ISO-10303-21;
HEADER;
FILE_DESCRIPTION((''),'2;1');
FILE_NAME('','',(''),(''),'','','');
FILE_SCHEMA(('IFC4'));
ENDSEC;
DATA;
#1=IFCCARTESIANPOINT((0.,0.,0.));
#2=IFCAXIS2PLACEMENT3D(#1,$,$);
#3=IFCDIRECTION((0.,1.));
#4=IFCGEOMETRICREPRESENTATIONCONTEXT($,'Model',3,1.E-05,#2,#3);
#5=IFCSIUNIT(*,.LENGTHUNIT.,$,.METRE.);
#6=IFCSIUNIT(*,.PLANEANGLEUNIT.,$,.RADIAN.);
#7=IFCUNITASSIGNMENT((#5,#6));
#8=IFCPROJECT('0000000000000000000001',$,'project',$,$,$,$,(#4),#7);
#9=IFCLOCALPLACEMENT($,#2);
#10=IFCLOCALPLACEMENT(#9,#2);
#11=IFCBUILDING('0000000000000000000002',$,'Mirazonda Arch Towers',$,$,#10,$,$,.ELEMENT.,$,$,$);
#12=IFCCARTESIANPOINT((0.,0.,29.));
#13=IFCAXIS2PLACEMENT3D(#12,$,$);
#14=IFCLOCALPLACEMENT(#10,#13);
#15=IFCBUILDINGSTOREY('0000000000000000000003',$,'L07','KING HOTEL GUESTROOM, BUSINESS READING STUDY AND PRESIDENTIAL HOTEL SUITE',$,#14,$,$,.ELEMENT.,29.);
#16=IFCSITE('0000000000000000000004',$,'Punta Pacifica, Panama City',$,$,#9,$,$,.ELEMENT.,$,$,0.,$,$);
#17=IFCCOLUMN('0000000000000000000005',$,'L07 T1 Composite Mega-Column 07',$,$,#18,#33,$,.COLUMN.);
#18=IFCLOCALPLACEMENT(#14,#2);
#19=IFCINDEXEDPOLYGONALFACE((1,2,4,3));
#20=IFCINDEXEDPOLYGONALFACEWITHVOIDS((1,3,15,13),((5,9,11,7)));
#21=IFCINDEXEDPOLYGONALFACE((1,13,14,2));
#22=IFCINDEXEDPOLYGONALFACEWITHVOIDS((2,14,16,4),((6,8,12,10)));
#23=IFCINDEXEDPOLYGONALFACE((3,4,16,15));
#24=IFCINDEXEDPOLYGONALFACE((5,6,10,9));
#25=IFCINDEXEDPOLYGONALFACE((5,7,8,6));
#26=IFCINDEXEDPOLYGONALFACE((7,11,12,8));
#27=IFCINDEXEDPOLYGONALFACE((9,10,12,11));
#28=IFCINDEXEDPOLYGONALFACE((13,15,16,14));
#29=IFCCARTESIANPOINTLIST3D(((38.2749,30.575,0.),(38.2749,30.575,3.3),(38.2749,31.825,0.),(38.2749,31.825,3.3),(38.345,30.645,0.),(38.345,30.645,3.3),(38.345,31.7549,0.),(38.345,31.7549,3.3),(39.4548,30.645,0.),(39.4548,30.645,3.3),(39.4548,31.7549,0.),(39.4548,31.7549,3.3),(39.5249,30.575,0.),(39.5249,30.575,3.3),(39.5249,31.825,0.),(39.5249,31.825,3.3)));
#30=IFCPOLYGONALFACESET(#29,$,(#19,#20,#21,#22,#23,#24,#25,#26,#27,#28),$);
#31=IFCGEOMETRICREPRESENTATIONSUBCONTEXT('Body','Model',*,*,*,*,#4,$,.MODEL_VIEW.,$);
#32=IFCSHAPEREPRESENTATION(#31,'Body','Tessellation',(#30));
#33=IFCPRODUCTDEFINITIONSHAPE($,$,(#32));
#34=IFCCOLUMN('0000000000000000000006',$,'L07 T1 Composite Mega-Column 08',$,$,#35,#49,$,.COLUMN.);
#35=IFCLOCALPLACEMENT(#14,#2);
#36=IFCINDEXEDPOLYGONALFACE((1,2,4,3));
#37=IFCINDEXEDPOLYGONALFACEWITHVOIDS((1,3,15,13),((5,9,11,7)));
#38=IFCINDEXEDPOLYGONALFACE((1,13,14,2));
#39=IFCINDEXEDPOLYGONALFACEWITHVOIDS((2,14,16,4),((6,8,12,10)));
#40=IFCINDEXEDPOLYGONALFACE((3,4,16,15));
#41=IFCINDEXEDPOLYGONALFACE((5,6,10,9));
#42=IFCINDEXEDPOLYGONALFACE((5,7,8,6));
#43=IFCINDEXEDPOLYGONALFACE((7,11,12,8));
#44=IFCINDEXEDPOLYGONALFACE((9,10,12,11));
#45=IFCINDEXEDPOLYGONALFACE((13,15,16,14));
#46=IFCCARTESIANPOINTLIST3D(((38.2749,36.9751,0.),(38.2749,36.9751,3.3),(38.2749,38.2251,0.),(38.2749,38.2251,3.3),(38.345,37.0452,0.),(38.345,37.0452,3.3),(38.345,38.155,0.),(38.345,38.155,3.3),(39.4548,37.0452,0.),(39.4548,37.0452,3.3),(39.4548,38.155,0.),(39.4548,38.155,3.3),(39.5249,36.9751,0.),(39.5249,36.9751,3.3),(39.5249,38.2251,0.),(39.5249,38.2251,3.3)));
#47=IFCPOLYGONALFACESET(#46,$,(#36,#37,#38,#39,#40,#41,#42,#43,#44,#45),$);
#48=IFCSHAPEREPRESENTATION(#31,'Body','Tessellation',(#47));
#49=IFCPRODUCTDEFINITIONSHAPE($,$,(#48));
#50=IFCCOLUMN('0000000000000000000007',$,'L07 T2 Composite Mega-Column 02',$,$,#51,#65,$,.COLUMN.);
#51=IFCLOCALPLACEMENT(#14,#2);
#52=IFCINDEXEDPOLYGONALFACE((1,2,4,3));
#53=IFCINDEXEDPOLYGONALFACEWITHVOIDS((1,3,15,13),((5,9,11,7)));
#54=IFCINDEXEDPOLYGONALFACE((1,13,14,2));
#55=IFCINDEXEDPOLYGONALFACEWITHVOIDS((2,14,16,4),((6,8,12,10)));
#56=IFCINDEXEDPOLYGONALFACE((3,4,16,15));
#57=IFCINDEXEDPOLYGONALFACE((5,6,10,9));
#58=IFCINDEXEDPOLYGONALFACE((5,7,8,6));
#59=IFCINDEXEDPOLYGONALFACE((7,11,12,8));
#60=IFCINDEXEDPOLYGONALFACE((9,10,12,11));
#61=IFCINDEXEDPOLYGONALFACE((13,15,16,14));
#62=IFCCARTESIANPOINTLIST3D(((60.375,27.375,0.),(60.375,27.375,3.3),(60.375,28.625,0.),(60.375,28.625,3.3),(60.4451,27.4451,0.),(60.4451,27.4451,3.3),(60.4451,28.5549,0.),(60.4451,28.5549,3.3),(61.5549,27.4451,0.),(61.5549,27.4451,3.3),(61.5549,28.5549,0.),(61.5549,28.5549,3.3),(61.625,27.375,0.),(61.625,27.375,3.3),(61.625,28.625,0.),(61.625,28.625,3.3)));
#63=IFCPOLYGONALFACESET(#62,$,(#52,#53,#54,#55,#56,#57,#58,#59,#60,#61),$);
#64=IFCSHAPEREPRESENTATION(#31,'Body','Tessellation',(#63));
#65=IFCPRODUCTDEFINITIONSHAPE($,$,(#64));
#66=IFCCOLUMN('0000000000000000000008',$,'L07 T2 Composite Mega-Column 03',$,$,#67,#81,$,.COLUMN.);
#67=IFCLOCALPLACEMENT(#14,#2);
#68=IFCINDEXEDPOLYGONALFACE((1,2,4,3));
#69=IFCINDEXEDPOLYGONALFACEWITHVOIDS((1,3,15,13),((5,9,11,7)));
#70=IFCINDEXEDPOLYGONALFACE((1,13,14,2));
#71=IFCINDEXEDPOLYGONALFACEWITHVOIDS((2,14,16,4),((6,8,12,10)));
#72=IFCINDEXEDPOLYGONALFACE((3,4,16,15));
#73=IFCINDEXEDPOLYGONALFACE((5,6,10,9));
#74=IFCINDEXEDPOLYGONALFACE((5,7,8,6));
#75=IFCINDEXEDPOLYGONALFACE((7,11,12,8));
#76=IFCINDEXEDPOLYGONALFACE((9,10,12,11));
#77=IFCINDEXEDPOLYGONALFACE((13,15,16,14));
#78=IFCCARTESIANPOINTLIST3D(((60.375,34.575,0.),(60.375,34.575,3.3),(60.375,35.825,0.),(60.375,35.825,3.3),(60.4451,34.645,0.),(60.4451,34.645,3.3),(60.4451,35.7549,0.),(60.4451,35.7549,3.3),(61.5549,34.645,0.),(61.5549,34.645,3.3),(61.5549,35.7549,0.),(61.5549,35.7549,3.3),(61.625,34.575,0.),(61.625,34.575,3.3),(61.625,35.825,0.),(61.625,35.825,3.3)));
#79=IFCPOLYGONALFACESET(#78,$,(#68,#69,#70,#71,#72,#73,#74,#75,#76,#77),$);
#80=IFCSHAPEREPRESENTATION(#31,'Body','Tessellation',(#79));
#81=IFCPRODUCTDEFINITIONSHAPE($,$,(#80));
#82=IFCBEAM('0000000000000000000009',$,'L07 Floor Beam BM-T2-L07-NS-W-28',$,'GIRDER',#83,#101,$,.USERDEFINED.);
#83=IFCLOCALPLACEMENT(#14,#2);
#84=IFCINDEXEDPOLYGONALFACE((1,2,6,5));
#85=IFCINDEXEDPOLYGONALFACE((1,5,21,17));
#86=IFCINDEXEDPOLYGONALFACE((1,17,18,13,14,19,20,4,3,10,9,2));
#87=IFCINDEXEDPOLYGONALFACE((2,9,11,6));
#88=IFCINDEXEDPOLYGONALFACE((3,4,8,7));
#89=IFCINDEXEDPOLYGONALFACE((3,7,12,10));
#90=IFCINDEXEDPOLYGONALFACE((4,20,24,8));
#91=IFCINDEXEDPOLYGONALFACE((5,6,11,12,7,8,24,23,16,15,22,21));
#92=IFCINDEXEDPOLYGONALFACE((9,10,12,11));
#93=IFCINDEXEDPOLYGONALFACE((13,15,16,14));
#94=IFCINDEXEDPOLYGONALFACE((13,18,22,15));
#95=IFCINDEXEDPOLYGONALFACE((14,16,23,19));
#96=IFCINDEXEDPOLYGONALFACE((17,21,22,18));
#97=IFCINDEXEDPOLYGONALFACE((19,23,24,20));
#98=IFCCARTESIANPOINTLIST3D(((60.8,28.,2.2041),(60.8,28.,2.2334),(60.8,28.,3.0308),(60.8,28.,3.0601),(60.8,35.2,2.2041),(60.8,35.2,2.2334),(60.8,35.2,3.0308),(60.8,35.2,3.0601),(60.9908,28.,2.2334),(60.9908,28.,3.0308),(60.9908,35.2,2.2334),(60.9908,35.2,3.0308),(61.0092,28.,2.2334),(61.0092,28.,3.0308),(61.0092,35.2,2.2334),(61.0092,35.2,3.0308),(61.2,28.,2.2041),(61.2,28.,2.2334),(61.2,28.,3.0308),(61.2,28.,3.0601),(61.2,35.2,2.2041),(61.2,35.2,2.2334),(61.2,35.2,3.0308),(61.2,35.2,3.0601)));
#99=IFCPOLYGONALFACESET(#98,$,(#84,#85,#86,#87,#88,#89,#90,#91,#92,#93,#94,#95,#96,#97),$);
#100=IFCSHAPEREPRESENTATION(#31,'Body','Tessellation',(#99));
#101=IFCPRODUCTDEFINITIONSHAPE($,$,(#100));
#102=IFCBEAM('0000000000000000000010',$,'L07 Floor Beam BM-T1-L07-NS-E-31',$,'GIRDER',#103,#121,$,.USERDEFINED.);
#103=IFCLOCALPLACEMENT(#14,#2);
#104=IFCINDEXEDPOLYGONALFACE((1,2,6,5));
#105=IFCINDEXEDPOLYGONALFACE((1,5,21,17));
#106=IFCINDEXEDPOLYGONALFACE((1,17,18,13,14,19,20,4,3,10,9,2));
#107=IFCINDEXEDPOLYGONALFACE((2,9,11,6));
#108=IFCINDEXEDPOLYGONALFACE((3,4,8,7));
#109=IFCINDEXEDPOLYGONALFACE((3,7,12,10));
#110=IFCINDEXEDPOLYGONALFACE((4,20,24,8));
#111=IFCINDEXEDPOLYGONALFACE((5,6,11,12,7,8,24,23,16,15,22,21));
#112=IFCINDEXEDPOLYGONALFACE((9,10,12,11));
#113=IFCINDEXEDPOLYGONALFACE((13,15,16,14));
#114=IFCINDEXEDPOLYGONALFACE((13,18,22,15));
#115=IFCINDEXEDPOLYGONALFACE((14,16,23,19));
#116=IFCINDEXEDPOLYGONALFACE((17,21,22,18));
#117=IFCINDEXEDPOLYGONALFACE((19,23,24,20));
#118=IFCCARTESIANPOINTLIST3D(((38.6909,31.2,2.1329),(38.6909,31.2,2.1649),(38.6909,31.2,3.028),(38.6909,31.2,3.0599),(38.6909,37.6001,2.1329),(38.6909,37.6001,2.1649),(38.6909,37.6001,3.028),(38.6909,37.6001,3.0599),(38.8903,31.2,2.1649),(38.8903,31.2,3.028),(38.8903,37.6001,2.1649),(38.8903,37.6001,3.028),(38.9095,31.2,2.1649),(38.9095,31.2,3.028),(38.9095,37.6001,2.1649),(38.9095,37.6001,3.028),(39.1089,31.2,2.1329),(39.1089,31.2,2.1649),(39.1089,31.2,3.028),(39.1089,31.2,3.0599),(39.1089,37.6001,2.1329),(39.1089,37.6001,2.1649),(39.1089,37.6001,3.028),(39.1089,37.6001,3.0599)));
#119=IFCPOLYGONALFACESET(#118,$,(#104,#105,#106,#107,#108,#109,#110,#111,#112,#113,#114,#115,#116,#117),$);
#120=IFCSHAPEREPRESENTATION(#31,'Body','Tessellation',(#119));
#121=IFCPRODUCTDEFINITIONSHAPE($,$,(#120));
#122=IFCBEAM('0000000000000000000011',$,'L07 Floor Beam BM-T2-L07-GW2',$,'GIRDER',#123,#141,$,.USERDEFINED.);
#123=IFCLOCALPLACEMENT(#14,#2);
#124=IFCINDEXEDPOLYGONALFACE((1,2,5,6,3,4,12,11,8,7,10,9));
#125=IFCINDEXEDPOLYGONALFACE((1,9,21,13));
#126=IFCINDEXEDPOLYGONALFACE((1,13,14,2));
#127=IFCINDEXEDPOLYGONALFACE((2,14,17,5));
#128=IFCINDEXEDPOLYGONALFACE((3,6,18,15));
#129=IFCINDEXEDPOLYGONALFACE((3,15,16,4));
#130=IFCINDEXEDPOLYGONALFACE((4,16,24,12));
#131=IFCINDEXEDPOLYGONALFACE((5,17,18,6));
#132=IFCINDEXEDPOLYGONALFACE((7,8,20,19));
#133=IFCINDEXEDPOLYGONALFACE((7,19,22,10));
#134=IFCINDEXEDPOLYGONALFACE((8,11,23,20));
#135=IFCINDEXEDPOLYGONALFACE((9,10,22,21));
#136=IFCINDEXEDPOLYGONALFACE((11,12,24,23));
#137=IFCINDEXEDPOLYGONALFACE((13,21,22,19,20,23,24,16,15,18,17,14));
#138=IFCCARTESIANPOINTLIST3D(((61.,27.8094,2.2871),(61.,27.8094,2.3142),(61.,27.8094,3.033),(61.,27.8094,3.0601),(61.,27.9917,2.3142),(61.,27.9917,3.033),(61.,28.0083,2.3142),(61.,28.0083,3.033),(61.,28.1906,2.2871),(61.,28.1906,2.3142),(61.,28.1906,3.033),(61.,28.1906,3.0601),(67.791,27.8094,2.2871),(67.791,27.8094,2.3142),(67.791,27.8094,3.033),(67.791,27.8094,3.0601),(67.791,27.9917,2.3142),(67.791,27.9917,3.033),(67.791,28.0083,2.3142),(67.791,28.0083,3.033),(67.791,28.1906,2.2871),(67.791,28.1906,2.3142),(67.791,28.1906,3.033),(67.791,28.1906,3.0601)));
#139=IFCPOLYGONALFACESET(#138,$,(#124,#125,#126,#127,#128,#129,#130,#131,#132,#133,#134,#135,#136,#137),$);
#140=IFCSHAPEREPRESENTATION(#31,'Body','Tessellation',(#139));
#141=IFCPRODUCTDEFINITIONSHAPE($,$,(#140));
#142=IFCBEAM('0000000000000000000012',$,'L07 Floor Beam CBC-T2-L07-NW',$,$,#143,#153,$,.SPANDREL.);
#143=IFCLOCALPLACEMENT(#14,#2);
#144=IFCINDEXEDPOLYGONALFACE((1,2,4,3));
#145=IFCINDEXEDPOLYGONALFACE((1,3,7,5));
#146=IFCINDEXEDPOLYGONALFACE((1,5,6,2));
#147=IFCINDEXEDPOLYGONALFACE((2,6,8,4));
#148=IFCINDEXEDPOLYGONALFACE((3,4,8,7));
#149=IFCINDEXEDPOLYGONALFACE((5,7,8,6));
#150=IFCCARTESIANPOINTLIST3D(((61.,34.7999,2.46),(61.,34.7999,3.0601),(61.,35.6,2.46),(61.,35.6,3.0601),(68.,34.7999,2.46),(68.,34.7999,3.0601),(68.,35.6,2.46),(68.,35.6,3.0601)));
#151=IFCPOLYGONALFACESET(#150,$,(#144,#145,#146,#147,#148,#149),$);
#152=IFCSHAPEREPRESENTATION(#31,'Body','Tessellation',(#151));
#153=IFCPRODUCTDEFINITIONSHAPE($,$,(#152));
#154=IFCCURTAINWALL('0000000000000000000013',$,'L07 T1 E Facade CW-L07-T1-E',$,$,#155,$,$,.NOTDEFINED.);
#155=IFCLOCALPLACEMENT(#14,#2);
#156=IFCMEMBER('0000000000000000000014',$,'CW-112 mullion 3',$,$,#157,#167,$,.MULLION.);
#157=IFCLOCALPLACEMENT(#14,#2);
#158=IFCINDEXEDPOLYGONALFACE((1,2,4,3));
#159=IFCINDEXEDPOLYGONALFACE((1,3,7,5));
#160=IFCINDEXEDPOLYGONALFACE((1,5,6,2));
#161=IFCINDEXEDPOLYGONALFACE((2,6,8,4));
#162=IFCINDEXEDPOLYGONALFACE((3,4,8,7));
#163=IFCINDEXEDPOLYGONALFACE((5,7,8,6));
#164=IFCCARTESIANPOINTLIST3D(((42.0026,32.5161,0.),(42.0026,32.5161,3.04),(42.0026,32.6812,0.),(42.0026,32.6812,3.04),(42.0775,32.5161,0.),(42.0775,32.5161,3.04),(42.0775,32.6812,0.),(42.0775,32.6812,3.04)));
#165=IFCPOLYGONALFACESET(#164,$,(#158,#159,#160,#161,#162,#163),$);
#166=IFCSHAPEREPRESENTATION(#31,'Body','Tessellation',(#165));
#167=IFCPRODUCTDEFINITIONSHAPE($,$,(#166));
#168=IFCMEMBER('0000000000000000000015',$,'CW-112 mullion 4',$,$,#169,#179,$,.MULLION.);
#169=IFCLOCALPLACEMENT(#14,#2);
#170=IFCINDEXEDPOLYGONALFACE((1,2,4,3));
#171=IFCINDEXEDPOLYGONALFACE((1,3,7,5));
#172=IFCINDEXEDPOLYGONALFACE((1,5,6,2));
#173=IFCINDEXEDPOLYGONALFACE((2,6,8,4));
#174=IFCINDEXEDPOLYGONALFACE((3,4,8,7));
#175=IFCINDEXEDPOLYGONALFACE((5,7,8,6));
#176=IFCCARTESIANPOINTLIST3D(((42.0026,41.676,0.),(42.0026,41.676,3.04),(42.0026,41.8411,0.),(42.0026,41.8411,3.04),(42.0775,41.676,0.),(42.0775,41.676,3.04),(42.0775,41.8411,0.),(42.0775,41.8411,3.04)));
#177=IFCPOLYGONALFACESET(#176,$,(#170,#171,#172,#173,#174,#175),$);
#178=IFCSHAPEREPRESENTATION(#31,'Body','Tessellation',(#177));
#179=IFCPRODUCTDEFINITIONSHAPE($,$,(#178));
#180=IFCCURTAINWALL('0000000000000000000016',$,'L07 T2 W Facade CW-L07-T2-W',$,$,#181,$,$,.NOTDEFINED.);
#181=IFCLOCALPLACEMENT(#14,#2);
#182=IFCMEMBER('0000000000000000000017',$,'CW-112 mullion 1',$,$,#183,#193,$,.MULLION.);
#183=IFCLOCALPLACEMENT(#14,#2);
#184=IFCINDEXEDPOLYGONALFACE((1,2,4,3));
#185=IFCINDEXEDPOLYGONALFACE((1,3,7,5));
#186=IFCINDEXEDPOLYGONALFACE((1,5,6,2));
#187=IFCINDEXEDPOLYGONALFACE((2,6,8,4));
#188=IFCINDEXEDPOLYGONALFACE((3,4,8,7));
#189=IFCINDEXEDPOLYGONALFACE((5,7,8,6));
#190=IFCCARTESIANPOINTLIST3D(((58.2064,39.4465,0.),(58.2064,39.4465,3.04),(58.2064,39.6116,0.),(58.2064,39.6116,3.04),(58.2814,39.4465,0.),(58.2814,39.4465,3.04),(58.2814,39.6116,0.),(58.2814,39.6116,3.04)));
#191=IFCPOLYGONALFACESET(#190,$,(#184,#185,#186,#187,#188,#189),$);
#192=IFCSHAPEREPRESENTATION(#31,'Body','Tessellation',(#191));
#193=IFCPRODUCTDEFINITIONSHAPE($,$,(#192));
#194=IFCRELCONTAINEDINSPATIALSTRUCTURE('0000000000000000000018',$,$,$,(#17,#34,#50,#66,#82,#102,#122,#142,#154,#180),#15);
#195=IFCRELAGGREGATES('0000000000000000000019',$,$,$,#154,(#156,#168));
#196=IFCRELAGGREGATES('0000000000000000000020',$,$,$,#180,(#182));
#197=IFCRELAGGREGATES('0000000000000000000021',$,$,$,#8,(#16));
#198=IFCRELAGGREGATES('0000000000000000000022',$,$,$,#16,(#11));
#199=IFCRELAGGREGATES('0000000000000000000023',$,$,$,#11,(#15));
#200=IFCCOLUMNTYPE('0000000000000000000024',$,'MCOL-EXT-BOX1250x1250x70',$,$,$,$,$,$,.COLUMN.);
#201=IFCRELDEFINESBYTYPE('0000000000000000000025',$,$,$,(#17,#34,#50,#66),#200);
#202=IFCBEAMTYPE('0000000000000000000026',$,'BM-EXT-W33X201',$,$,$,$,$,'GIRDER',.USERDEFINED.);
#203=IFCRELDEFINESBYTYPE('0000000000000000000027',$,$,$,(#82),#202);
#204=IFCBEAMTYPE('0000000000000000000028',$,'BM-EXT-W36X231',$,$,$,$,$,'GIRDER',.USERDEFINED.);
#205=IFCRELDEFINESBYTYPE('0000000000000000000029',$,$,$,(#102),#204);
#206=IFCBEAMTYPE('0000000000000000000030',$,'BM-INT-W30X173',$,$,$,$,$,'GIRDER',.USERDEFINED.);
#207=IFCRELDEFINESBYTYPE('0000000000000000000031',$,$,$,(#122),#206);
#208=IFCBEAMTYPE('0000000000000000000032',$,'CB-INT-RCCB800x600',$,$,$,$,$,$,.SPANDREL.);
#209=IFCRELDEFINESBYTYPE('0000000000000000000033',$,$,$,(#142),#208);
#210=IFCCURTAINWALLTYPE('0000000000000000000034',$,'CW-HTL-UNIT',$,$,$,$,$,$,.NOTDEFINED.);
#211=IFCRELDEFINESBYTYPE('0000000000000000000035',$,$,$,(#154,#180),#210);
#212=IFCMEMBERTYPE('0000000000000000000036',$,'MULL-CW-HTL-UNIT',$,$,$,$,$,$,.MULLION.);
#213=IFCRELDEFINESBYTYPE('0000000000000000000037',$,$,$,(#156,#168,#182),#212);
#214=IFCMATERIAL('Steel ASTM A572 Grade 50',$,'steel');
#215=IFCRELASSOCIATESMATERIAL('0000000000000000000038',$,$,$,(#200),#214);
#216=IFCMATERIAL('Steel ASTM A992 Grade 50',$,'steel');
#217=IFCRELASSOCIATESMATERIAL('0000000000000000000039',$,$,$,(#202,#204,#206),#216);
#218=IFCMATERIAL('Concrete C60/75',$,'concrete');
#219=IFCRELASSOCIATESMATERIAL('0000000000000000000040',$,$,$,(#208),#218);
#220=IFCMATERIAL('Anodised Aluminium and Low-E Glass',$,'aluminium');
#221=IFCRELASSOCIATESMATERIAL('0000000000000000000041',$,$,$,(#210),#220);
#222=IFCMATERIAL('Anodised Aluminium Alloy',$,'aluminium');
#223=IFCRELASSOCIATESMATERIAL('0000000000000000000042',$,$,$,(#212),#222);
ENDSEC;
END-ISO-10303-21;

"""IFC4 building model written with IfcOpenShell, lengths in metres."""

from ifc_helpers import new_model, si_unit, direction, frame, origin, origin_2d, place, context, subcontext, project, spatial, rectangle, hollow_rectangle, i_section, extrude, material, material_profile, profile_set, type_object, element, aggregate, save


model = new_model("IFC4")

# Units and contexts
model_context = context("Model", 3, precision=1e-05, world=origin(), true_north=direction((0.0, 1.0)))
body_context = subcontext(model_context, "Body", "Model", "MODEL_VIEW")
ifc_project = project(units=[si_unit("LENGTHUNIT", "METRE"), si_unit("PLANEANGLEUNIT", "RADIAN")], contexts=[model_context])

# Site, building, storey
site_placement = place(None, origin())
site = spatial("IfcSite", under=ifc_project, at=site_placement, Name="Punta Pacifica, Panama City", CompositionType="ELEMENT", RefElevation=0.0)
building_placement = place(site_placement, origin())
building = spatial("IfcBuilding", under=site, at=building_placement, Name="Mirazonda Arch Towers", CompositionType="ELEMENT")
storey_placement = place(building_placement, frame((0.0, 0.0, 29.0)))
storey = spatial("IfcBuildingStorey", under=building, at=storey_placement, Name="L07", Description="KING HOTEL GUESTROOM, BUSINESS READING STUDY AND PRESIDENTIAL HOTEL SUITE", CompositionType="ELEMENT", Elevation=29.0)

# Columns
ifc_material_1 = material(Name="Steel ASTM A572 Grade 50", Category="steel")
ifc_material_profile_1 = material_profile(ifc_material_1, hollow_rectangle(XDim=1.25, YDim=1.25, WallThickness=0.0701, at=origin_2d()), Name="BOX1250x1250x70")
ifc_profile_set_1 = profile_set([ifc_material_profile_1], Name="Steel ASTM A572 Grade 50")
column_type = type_object("IfcColumnType", Name="MCOL-EXT-BOX1250x1250x70", PredefinedType="COLUMN", material=ifc_profile_set_1)
for number, where, z_axis, x_axis, name in (
    (1, (38.8999, 31.2, 0.0), (0.0, 0.0, 1.0), (1.0, 0.0, 0.0), "L07 T1 Composite Mega-Column 07"),
    (2, (38.8999, 37.6001, 0.0), (0.0, 0.0, 1.0), (1.0, 0.0, 0.0), "L07 T1 Composite Mega-Column 08"),
    (3, (61.0, 28.0, 0.0), (0.0, 0.0, 1.0), (1.0, 0.0, 0.0), "L07 T2 Composite Mega-Column 02"),
    (4, (61.0, 35.2, 0.0), (0.0, 0.0, 1.0), (1.0, 0.0, 0.0), "L07 T2 Composite Mega-Column 03"),
):
    element("IfcColumn", number, at=place(storey_placement, frame(where, z_axis=z_axis, x_axis=x_axis)), inside=storey, type_object=column_type, Name=name, PredefinedType="COLUMN", context=body_context, shape_type="SweptSolid", body=[
        extrude(hollow_rectangle(XDim=1.25, YDim=1.25, WallThickness=0.0701, at=origin_2d()), origin(), (0.0, 0.0, 1.0), 3.3),
    ])

# Beams
ifc_material_2 = material(Name="Steel ASTM A992 Grade 50", Category="steel")
ifc_material_profile_2 = material_profile(ifc_material_2, i_section(OverallWidth=0.3999, OverallDepth=0.856, WebThickness=0.0183, FlangeThickness=0.0293, at=origin_2d()), Name="W33X201")
ifc_profile_set_2 = profile_set([ifc_material_profile_2], Name="Steel ASTM A992 Grade 50")
beam_type_1 = type_object("IfcBeamType", Name="BM-EXT-W33X201", ElementType="GIRDER", PredefinedType="USERDEFINED", material=ifc_profile_set_2)
beam_1_placement = place(storey_placement, frame((61.0, 28.0, 2.6321), z_axis=(0.0, 1.0, 0.0), x_axis=(-1.0, 0.0, 0.0)))
element("IfcBeam", 5, at=beam_1_placement, inside=storey, type_object=beam_type_1, Name="L07 Floor Beam BM-T2-L07-NS-W-28", ObjectType="GIRDER", PredefinedType="USERDEFINED", context=body_context, shape_type="SweptSolid", body=[
    extrude(i_section(OverallWidth=0.3999, OverallDepth=0.856, WebThickness=0.0183, FlangeThickness=0.0293, at=origin_2d()), origin(), (0.0, 0.0, 1.0), 7.2),
])
ifc_material_profile_3 = material_profile(ifc_material_2, i_section(OverallWidth=0.418, OverallDepth=0.927, WebThickness=0.0193, FlangeThickness=0.032, at=origin_2d()), Name="W36X231")
ifc_profile_set_3 = profile_set([ifc_material_profile_3], Name="Steel ASTM A992 Grade 50")
beam_type_2 = type_object("IfcBeamType", Name="BM-EXT-W36X231", ElementType="GIRDER", PredefinedType="USERDEFINED", material=ifc_profile_set_3)
beam_2_placement = place(storey_placement, frame((38.8999, 31.2, 2.5964), z_axis=(0.0, 1.0, 0.0), x_axis=(-1.0, 0.0, 0.0)))
element("IfcBeam", 6, at=beam_2_placement, inside=storey, type_object=beam_type_2, Name="L07 Floor Beam BM-T1-L07-NS-E-31", ObjectType="GIRDER", PredefinedType="USERDEFINED", context=body_context, shape_type="SweptSolid", body=[
    extrude(i_section(OverallWidth=0.418, OverallDepth=0.927, WebThickness=0.0193, FlangeThickness=0.032, at=origin_2d()), origin(), (0.0, 0.0, 1.0), 6.4001),
])
ifc_material_profile_4 = material_profile(ifc_material_2, i_section(OverallWidth=0.3811, OverallDepth=0.7729, WebThickness=0.0166, FlangeThickness=0.0271, at=origin_2d()), Name="W30X173")
ifc_profile_set_4 = profile_set([ifc_material_profile_4], Name="Steel ASTM A992 Grade 50")
beam_type_3 = type_object("IfcBeamType", Name="BM-INT-W30X173", ElementType="GIRDER", PredefinedType="USERDEFINED", material=ifc_profile_set_4)
beam_3_placement = place(storey_placement, frame((61.0, 28.0, 2.6736), z_axis=(1.0, 0.0, 0.0), x_axis=(0.0, 1.0, 0.0)))
element("IfcBeam", 7, at=beam_3_placement, inside=storey, type_object=beam_type_3, Name="L07 Floor Beam BM-T2-L07-GW2", ObjectType="GIRDER", PredefinedType="USERDEFINED", context=body_context, shape_type="SweptSolid", body=[
    extrude(i_section(OverallWidth=0.3811, OverallDepth=0.7729, WebThickness=0.0166, FlangeThickness=0.0271, at=origin_2d()), origin(), (0.0, 0.0, 1.0), 6.791),
])
ifc_material_3 = material(Name="Concrete C60/75", Category="concrete")
ifc_material_profile_5 = material_profile(ifc_material_3, rectangle(XDim=0.8, YDim=0.6001, at=origin_2d()), Name="RCCB800x600")
ifc_profile_set_5 = profile_set([ifc_material_profile_5], Name="Concrete C60/75")
beam_type_4 = type_object("IfcBeamType", Name="CB-INT-RCCB800x600", PredefinedType="SPANDREL", material=ifc_profile_set_5)
beam_4_placement = place(storey_placement, frame((61.0, 35.2, 2.76), z_axis=(1.0, 0.0, 0.0), x_axis=(0.0, 1.0, 0.0)))
element("IfcBeam", 8, at=beam_4_placement, inside=storey, type_object=beam_type_4, Name="L07 Floor Beam CBC-T2-L07-NW", PredefinedType="SPANDREL", context=body_context, shape_type="SweptSolid", body=[
    extrude(rectangle(XDim=0.8, YDim=0.6001, at=origin_2d()), origin(), (0.0, 0.0, 1.0), 7.0),
])

# Curtain walls, members
ifc_material_4 = material(Name="Anodised Aluminium and Low-E Glass", Category="aluminium")
curtain_wall_type = type_object("IfcCurtainWallType", Name="CW-HTL-UNIT", PredefinedType="NOTDEFINED", material=ifc_material_4)
curtain_wall_1_placement = place(storey_placement, origin())
curtain_wall_1 = element("IfcCurtainWall", 9, at=curtain_wall_1_placement, inside=storey, type_object=curtain_wall_type, Name="L07 T1 E Facade CW-L07-T1-E", PredefinedType="NOTDEFINED")
ifc_material_5 = material(Name="Anodised Aluminium Alloy", Category="aluminium")
ifc_material_profile_6 = material_profile(ifc_material_5, rectangle(XDim=0.075, YDim=0.165, at=origin_2d()), Name="ALU-MULL-75x165")
ifc_profile_set_6 = profile_set([ifc_material_profile_6], Name="Anodised Aluminium Alloy")
member_type_1 = type_object("IfcMemberType", Name="MULL-CW-HTL-UNIT", PredefinedType="MULLION", material=ifc_profile_set_6)
member_1_placement = place(storey_placement, frame((42.04, 32.5986, 0.0), z_axis=(0.0, 0.0, 1.0), x_axis=(-1.0, 0.0, 0.0)))
member_1 = element("IfcMember", 10, at=member_1_placement, type_object=member_type_1, Name="CW-112 mullion 3", PredefinedType="MULLION", context=body_context, shape_type="SweptSolid", body=[
    extrude(rectangle(XDim=0.075, YDim=0.165, at=origin_2d()), origin(), (0.0, 0.0, 1.0), 3.04),
])
member_2_placement = place(storey_placement, frame((42.04, 41.7585, 0.0), z_axis=(0.0, 0.0, 1.0), x_axis=(-1.0, 0.0, 0.0)))
member_2 = element("IfcMember", 11, at=member_2_placement, type_object=member_type_1, Name="CW-112 mullion 4", PredefinedType="MULLION", context=body_context, shape_type="SweptSolid", body=[
    extrude(rectangle(XDim=0.075, YDim=0.165, at=origin_2d()), origin(), (0.0, 0.0, 1.0), 3.04),
])
curtain_wall_2_placement = place(storey_placement, origin())
curtain_wall_2 = element("IfcCurtainWall", 12, at=curtain_wall_2_placement, inside=storey, type_object=curtain_wall_type, Name="L07 T2 W Facade CW-L07-T2-W", PredefinedType="NOTDEFINED")
member_3_placement = place(storey_placement, frame((58.2439, 39.5291, 0.0), z_axis=(0.0, 0.0, 1.0), x_axis=(1.0, 0.0, 0.0)))
member_3 = element("IfcMember", 13, at=member_3_placement, type_object=member_type_1, Name="CW-112 mullion 1", PredefinedType="MULLION", context=body_context, shape_type="SweptSolid", body=[
    extrude(rectangle(XDim=0.075, YDim=0.165, at=origin_2d()), origin(), (0.0, 0.0, 1.0), 3.04),
])

aggregate(curtain_wall_1, [member_1, member_2])
aggregate(curtain_wall_2, [member_3])

save(model, "model.ifc")
